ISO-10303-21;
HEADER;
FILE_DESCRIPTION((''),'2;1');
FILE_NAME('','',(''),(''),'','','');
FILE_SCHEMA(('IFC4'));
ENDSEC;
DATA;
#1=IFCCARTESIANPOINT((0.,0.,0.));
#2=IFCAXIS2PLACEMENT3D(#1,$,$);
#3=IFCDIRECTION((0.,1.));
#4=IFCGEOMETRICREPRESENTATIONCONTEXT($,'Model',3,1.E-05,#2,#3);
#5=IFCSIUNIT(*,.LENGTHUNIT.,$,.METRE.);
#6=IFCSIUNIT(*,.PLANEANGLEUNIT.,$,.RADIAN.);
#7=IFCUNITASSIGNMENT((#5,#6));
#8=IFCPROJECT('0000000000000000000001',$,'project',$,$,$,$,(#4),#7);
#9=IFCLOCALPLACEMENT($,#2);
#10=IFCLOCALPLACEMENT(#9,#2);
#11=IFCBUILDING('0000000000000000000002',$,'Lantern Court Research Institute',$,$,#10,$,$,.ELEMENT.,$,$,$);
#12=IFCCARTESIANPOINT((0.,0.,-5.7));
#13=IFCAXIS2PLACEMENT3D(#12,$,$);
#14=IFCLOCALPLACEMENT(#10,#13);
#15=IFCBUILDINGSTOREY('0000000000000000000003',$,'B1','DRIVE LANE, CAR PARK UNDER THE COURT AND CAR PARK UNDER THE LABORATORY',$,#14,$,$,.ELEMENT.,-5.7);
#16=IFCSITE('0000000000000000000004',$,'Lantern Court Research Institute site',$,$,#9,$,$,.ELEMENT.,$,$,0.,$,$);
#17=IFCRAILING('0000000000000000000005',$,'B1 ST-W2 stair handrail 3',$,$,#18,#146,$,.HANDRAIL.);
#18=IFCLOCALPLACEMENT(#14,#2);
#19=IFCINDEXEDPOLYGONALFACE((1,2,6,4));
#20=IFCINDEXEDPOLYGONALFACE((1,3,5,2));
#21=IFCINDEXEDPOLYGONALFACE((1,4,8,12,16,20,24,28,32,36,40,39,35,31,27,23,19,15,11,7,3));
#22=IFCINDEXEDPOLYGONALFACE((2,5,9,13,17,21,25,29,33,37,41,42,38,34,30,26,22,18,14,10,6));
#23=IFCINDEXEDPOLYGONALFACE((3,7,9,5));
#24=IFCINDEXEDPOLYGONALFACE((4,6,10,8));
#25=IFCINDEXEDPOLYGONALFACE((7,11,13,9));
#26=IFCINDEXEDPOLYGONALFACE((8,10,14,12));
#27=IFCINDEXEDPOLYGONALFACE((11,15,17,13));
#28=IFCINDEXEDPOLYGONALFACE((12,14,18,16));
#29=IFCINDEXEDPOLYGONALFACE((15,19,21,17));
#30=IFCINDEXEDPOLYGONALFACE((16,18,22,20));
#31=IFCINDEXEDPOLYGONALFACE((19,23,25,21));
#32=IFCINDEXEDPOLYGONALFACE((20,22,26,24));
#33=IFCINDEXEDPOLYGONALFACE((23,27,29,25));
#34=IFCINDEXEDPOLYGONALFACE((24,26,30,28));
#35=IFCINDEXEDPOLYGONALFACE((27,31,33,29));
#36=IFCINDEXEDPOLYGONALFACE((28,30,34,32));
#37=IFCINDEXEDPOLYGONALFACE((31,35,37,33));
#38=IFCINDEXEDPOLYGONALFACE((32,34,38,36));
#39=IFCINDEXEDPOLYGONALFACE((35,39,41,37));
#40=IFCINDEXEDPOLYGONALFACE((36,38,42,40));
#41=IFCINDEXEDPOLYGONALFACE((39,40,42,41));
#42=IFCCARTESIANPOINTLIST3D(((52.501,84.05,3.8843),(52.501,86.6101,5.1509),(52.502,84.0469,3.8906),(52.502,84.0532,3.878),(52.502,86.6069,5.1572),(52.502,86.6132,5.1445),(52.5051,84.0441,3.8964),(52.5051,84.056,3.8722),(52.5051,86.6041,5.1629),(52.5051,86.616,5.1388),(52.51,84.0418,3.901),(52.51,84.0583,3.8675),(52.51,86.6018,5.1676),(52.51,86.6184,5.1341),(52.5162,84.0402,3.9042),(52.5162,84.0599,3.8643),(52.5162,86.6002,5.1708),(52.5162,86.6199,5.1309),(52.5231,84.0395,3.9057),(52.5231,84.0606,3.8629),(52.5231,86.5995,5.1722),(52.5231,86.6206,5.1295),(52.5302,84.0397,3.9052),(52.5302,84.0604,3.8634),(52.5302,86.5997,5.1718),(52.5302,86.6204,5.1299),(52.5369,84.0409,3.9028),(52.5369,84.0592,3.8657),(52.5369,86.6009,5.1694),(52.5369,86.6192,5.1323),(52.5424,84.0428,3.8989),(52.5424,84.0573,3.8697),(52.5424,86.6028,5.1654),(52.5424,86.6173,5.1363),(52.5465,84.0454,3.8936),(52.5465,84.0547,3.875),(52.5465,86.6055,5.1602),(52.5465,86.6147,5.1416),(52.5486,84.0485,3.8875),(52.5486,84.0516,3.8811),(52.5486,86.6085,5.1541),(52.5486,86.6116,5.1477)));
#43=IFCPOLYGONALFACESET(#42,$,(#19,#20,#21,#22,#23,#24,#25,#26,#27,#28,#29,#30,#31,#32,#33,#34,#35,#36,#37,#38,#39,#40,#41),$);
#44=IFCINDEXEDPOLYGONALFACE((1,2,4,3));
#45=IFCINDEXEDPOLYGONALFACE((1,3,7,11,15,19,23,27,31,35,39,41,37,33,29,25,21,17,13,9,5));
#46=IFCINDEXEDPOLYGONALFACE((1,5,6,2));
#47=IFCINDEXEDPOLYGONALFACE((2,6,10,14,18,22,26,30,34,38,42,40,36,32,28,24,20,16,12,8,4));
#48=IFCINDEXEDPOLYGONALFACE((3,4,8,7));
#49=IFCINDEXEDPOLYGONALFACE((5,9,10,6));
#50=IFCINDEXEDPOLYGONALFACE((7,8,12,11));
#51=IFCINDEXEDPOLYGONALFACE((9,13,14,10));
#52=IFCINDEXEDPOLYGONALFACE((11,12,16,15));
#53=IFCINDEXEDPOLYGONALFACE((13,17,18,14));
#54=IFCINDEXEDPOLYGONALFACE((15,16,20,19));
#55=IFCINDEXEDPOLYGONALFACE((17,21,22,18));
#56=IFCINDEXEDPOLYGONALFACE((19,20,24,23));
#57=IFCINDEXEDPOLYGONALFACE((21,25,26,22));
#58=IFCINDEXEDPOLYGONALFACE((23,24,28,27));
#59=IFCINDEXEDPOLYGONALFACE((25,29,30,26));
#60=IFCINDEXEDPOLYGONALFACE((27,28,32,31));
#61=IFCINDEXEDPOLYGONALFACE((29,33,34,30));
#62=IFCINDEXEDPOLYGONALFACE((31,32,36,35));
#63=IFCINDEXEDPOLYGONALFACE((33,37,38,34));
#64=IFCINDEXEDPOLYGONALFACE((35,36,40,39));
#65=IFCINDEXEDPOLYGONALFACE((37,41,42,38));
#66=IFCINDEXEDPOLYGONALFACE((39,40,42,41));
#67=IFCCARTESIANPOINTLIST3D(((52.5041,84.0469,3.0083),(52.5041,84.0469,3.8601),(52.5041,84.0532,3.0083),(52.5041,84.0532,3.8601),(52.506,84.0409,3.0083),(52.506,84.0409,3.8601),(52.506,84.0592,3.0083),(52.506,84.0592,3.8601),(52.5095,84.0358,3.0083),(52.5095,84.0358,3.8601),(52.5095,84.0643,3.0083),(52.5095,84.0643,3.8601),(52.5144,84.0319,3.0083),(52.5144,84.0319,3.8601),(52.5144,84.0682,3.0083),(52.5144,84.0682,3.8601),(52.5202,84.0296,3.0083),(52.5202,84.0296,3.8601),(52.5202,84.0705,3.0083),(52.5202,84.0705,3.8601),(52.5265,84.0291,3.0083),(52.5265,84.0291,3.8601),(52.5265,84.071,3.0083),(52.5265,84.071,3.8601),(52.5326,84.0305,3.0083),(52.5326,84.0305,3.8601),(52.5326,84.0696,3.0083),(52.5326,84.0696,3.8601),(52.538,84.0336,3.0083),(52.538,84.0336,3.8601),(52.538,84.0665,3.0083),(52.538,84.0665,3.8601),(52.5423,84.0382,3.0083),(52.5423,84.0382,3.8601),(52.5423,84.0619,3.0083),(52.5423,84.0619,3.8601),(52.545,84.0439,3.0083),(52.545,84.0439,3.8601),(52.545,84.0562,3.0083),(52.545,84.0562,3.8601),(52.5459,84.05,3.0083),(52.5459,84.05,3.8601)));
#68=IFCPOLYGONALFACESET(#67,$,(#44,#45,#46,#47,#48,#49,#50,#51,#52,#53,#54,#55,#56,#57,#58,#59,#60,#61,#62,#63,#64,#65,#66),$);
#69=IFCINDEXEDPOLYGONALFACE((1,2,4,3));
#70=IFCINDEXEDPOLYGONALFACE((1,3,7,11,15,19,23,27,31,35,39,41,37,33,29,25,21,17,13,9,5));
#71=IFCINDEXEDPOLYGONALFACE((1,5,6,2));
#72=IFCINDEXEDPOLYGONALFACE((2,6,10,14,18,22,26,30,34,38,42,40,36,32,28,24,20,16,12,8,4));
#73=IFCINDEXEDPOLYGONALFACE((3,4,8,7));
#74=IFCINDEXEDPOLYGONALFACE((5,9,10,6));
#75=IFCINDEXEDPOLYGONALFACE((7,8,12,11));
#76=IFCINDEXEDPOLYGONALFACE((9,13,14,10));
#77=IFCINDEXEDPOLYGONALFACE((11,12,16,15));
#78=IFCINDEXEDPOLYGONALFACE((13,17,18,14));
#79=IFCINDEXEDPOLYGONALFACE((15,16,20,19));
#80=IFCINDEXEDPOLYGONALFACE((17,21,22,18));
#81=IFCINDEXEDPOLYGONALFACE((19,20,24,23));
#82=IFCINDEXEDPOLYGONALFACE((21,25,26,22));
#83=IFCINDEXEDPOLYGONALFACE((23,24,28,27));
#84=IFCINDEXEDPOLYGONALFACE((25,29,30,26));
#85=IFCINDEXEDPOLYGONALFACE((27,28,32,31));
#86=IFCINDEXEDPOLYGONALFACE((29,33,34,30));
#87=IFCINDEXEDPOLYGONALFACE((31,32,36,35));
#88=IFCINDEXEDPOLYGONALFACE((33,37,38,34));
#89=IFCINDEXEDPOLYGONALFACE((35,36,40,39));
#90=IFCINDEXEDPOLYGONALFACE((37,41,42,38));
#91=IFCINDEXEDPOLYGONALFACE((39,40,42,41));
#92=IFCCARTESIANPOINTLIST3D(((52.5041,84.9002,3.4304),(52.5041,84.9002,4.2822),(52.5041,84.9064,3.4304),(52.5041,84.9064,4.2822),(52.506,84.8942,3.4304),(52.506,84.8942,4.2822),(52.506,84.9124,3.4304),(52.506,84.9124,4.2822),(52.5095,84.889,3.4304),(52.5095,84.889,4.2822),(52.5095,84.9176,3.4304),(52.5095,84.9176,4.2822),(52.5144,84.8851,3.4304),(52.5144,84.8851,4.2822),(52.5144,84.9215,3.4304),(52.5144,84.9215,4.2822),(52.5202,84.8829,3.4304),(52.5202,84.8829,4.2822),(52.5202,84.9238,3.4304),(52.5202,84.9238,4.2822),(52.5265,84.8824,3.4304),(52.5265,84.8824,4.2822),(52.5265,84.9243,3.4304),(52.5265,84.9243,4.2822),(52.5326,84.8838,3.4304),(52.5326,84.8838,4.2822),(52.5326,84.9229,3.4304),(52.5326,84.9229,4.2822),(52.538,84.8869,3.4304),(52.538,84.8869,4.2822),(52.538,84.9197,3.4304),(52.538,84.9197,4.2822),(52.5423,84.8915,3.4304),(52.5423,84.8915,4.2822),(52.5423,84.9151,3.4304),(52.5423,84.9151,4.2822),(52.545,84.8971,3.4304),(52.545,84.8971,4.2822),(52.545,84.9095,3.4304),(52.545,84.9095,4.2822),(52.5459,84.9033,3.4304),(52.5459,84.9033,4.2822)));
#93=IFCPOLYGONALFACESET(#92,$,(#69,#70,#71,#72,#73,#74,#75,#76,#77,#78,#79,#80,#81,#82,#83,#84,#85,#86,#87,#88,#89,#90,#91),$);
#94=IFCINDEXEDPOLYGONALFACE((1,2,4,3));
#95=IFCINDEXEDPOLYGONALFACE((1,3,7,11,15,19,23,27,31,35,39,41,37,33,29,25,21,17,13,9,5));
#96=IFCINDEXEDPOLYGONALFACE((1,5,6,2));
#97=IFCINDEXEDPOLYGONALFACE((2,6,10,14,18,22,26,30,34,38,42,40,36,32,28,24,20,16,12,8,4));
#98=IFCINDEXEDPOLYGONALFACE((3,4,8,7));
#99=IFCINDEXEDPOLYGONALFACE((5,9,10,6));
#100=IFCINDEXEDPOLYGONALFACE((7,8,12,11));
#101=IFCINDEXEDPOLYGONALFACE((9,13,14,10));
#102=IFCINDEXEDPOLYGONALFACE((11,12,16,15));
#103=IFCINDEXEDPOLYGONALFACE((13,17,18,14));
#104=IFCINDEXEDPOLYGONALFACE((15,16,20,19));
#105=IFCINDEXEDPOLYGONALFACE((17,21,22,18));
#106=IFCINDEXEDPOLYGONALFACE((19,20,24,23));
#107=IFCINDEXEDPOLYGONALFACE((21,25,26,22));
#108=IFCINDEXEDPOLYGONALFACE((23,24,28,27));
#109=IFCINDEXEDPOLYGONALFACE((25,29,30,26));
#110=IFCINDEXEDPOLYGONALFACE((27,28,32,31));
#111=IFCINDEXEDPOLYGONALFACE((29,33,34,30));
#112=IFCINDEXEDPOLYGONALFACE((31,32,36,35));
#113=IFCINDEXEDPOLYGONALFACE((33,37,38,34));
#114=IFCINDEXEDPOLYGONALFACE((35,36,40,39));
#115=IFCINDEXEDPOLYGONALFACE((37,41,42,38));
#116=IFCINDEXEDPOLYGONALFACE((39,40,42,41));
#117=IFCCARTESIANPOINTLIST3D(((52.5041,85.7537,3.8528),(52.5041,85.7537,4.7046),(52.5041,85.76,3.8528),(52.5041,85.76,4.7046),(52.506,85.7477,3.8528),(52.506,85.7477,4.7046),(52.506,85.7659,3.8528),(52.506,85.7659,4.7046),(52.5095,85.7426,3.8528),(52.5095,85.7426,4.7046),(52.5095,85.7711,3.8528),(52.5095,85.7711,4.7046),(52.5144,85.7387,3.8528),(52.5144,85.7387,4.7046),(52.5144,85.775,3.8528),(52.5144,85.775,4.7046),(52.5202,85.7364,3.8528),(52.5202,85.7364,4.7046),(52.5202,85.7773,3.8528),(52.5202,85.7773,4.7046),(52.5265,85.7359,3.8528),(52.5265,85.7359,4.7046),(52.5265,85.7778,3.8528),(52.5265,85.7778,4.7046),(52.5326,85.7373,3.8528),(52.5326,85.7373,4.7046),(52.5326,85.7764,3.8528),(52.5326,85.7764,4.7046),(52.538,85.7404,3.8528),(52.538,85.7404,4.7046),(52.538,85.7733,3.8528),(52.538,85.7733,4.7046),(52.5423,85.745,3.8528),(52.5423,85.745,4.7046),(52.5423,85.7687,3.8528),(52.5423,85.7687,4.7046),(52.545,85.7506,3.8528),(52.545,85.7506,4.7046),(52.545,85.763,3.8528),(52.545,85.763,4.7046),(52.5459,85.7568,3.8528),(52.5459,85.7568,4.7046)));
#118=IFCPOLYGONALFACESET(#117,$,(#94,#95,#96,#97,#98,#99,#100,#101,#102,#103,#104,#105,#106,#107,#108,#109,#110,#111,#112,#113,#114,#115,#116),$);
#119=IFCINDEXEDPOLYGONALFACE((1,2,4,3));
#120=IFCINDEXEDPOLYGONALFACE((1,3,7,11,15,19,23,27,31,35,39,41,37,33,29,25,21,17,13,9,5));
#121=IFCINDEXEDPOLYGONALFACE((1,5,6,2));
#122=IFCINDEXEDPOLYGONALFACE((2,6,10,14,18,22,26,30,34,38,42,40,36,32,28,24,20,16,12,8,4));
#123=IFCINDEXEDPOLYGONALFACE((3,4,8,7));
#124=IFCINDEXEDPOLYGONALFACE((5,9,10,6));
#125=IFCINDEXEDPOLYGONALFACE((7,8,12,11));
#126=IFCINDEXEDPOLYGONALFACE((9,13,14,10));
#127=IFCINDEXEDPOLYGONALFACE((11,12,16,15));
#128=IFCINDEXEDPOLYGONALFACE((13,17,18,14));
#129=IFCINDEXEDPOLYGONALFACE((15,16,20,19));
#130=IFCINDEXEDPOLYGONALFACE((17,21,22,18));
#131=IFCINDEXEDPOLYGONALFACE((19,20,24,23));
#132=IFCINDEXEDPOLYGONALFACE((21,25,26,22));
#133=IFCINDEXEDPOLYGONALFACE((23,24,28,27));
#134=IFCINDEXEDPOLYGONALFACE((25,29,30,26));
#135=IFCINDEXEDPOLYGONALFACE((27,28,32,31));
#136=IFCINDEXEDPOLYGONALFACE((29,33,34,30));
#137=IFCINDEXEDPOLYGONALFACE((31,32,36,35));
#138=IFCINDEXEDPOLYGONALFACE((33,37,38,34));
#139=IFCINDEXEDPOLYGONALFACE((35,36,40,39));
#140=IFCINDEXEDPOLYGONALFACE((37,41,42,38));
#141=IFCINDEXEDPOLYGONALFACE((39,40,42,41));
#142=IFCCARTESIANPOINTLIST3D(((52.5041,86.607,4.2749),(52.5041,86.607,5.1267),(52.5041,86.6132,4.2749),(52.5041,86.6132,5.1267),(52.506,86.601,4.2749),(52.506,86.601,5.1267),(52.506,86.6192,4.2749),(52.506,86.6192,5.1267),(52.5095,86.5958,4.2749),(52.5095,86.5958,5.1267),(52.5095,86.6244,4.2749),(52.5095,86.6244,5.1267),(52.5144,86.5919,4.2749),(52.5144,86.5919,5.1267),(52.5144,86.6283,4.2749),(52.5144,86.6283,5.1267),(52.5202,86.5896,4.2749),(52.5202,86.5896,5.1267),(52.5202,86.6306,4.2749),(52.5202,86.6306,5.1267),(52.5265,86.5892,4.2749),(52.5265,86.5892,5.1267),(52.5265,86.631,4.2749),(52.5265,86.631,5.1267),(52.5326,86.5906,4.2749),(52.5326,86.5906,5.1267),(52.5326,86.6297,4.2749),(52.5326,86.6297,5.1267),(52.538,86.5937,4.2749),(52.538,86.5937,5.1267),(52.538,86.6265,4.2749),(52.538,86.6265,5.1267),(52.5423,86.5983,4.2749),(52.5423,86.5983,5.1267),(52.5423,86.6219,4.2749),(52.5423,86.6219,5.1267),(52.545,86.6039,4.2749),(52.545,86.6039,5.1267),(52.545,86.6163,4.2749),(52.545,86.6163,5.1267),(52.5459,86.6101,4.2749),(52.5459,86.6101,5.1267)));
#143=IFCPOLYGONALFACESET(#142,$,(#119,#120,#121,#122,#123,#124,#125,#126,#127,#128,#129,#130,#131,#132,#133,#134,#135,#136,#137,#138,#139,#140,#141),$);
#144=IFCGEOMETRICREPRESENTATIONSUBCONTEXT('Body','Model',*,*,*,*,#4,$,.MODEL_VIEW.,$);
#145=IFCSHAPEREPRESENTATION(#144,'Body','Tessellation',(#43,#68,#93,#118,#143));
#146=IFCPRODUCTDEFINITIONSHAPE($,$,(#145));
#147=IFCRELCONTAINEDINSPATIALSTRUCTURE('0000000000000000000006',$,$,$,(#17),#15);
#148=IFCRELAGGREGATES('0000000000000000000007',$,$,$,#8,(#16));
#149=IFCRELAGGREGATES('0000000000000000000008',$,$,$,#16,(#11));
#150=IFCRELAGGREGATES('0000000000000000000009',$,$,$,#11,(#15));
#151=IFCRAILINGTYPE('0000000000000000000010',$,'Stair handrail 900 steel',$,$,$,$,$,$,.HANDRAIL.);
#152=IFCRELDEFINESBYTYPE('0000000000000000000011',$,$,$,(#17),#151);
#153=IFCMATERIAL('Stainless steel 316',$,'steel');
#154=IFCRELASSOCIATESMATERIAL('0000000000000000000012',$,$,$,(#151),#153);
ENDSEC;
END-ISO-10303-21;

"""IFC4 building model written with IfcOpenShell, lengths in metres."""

from ifc_helpers import new_model, si_unit, direction, frame, origin, origin_2d, place, context, subcontext, project, spatial, circle, extrude, material, type_object, element, save


model = new_model("IFC4")

# Units and contexts
model_context = context("Model", 3, precision=1e-05, world=origin(), true_north=direction((0.0, 1.0)))
body_context = subcontext(model_context, "Body", "Model", "MODEL_VIEW")
ifc_project = project(units=[si_unit("LENGTHUNIT", "METRE"), si_unit("PLANEANGLEUNIT", "RADIAN")], contexts=[model_context])

# Site, building, storey
site_placement = place(None, origin())
site = spatial("IfcSite", under=ifc_project, at=site_placement, Name="Lantern Court Research Institute site", CompositionType="ELEMENT", RefElevation=0.0)
building_placement = place(site_placement, origin())
building = spatial("IfcBuilding", under=site, at=building_placement, Name="Lantern Court Research Institute", CompositionType="ELEMENT")
storey_placement = place(building_placement, frame((0.0, 0.0, -5.7)))
storey = spatial("IfcBuildingStorey", under=building, at=storey_placement, Name="B1", Description="DRIVE LANE, CAR PARK UNDER THE COURT AND CAR PARK UNDER THE LABORATORY", CompositionType="ELEMENT", Elevation=-5.7)

# Railing
ifc_material_1 = material(Name="Stainless steel 316", Category="steel")
railing_type_1 = type_object("IfcRailingType", Name="Stair handrail 900 steel", PredefinedType="HANDRAIL", material=ifc_material_1)
railing_1_placement = place(storey_placement, frame((52.5249, 84.05, 3.0083)))
element("IfcRailing", 1, at=railing_1_placement, inside=storey, type_object=railing_type_1, Name="B1 ST-W2 stair handrail 3", PredefinedType="HANDRAIL", context=body_context, shape_type="SweptSolid", body=[
    extrude(circle(Radius=0.0239, at=origin_2d()), frame((0.0, 0.0, 0.876), z_axis=(0.0, 0.8963, 0.443449), x_axis=(-1.0, 0.0, 0.0)), (0.0, 0.0, 1.0), 2.8562),
    extrude(circle(Radius=0.021, at=origin_2d()), origin(), (0.0, 0.0, 1.0), 0.8518),
    extrude(circle(Radius=0.021, at=origin_2d()), frame((0.0, 0.8533, 0.4221)), (0.0, 0.0, 1.0), 0.8518),
    extrude(circle(Radius=0.021, at=origin_2d()), frame((0.0, 1.7068, 0.8445)), (0.0, 0.0, 1.0), 0.8518),
    extrude(circle(Radius=0.021, at=origin_2d()), frame((0.0, 2.5601, 1.2666)), (0.0, 0.0, 1.0), 0.8518),
])

save(model, "model.ifc")
